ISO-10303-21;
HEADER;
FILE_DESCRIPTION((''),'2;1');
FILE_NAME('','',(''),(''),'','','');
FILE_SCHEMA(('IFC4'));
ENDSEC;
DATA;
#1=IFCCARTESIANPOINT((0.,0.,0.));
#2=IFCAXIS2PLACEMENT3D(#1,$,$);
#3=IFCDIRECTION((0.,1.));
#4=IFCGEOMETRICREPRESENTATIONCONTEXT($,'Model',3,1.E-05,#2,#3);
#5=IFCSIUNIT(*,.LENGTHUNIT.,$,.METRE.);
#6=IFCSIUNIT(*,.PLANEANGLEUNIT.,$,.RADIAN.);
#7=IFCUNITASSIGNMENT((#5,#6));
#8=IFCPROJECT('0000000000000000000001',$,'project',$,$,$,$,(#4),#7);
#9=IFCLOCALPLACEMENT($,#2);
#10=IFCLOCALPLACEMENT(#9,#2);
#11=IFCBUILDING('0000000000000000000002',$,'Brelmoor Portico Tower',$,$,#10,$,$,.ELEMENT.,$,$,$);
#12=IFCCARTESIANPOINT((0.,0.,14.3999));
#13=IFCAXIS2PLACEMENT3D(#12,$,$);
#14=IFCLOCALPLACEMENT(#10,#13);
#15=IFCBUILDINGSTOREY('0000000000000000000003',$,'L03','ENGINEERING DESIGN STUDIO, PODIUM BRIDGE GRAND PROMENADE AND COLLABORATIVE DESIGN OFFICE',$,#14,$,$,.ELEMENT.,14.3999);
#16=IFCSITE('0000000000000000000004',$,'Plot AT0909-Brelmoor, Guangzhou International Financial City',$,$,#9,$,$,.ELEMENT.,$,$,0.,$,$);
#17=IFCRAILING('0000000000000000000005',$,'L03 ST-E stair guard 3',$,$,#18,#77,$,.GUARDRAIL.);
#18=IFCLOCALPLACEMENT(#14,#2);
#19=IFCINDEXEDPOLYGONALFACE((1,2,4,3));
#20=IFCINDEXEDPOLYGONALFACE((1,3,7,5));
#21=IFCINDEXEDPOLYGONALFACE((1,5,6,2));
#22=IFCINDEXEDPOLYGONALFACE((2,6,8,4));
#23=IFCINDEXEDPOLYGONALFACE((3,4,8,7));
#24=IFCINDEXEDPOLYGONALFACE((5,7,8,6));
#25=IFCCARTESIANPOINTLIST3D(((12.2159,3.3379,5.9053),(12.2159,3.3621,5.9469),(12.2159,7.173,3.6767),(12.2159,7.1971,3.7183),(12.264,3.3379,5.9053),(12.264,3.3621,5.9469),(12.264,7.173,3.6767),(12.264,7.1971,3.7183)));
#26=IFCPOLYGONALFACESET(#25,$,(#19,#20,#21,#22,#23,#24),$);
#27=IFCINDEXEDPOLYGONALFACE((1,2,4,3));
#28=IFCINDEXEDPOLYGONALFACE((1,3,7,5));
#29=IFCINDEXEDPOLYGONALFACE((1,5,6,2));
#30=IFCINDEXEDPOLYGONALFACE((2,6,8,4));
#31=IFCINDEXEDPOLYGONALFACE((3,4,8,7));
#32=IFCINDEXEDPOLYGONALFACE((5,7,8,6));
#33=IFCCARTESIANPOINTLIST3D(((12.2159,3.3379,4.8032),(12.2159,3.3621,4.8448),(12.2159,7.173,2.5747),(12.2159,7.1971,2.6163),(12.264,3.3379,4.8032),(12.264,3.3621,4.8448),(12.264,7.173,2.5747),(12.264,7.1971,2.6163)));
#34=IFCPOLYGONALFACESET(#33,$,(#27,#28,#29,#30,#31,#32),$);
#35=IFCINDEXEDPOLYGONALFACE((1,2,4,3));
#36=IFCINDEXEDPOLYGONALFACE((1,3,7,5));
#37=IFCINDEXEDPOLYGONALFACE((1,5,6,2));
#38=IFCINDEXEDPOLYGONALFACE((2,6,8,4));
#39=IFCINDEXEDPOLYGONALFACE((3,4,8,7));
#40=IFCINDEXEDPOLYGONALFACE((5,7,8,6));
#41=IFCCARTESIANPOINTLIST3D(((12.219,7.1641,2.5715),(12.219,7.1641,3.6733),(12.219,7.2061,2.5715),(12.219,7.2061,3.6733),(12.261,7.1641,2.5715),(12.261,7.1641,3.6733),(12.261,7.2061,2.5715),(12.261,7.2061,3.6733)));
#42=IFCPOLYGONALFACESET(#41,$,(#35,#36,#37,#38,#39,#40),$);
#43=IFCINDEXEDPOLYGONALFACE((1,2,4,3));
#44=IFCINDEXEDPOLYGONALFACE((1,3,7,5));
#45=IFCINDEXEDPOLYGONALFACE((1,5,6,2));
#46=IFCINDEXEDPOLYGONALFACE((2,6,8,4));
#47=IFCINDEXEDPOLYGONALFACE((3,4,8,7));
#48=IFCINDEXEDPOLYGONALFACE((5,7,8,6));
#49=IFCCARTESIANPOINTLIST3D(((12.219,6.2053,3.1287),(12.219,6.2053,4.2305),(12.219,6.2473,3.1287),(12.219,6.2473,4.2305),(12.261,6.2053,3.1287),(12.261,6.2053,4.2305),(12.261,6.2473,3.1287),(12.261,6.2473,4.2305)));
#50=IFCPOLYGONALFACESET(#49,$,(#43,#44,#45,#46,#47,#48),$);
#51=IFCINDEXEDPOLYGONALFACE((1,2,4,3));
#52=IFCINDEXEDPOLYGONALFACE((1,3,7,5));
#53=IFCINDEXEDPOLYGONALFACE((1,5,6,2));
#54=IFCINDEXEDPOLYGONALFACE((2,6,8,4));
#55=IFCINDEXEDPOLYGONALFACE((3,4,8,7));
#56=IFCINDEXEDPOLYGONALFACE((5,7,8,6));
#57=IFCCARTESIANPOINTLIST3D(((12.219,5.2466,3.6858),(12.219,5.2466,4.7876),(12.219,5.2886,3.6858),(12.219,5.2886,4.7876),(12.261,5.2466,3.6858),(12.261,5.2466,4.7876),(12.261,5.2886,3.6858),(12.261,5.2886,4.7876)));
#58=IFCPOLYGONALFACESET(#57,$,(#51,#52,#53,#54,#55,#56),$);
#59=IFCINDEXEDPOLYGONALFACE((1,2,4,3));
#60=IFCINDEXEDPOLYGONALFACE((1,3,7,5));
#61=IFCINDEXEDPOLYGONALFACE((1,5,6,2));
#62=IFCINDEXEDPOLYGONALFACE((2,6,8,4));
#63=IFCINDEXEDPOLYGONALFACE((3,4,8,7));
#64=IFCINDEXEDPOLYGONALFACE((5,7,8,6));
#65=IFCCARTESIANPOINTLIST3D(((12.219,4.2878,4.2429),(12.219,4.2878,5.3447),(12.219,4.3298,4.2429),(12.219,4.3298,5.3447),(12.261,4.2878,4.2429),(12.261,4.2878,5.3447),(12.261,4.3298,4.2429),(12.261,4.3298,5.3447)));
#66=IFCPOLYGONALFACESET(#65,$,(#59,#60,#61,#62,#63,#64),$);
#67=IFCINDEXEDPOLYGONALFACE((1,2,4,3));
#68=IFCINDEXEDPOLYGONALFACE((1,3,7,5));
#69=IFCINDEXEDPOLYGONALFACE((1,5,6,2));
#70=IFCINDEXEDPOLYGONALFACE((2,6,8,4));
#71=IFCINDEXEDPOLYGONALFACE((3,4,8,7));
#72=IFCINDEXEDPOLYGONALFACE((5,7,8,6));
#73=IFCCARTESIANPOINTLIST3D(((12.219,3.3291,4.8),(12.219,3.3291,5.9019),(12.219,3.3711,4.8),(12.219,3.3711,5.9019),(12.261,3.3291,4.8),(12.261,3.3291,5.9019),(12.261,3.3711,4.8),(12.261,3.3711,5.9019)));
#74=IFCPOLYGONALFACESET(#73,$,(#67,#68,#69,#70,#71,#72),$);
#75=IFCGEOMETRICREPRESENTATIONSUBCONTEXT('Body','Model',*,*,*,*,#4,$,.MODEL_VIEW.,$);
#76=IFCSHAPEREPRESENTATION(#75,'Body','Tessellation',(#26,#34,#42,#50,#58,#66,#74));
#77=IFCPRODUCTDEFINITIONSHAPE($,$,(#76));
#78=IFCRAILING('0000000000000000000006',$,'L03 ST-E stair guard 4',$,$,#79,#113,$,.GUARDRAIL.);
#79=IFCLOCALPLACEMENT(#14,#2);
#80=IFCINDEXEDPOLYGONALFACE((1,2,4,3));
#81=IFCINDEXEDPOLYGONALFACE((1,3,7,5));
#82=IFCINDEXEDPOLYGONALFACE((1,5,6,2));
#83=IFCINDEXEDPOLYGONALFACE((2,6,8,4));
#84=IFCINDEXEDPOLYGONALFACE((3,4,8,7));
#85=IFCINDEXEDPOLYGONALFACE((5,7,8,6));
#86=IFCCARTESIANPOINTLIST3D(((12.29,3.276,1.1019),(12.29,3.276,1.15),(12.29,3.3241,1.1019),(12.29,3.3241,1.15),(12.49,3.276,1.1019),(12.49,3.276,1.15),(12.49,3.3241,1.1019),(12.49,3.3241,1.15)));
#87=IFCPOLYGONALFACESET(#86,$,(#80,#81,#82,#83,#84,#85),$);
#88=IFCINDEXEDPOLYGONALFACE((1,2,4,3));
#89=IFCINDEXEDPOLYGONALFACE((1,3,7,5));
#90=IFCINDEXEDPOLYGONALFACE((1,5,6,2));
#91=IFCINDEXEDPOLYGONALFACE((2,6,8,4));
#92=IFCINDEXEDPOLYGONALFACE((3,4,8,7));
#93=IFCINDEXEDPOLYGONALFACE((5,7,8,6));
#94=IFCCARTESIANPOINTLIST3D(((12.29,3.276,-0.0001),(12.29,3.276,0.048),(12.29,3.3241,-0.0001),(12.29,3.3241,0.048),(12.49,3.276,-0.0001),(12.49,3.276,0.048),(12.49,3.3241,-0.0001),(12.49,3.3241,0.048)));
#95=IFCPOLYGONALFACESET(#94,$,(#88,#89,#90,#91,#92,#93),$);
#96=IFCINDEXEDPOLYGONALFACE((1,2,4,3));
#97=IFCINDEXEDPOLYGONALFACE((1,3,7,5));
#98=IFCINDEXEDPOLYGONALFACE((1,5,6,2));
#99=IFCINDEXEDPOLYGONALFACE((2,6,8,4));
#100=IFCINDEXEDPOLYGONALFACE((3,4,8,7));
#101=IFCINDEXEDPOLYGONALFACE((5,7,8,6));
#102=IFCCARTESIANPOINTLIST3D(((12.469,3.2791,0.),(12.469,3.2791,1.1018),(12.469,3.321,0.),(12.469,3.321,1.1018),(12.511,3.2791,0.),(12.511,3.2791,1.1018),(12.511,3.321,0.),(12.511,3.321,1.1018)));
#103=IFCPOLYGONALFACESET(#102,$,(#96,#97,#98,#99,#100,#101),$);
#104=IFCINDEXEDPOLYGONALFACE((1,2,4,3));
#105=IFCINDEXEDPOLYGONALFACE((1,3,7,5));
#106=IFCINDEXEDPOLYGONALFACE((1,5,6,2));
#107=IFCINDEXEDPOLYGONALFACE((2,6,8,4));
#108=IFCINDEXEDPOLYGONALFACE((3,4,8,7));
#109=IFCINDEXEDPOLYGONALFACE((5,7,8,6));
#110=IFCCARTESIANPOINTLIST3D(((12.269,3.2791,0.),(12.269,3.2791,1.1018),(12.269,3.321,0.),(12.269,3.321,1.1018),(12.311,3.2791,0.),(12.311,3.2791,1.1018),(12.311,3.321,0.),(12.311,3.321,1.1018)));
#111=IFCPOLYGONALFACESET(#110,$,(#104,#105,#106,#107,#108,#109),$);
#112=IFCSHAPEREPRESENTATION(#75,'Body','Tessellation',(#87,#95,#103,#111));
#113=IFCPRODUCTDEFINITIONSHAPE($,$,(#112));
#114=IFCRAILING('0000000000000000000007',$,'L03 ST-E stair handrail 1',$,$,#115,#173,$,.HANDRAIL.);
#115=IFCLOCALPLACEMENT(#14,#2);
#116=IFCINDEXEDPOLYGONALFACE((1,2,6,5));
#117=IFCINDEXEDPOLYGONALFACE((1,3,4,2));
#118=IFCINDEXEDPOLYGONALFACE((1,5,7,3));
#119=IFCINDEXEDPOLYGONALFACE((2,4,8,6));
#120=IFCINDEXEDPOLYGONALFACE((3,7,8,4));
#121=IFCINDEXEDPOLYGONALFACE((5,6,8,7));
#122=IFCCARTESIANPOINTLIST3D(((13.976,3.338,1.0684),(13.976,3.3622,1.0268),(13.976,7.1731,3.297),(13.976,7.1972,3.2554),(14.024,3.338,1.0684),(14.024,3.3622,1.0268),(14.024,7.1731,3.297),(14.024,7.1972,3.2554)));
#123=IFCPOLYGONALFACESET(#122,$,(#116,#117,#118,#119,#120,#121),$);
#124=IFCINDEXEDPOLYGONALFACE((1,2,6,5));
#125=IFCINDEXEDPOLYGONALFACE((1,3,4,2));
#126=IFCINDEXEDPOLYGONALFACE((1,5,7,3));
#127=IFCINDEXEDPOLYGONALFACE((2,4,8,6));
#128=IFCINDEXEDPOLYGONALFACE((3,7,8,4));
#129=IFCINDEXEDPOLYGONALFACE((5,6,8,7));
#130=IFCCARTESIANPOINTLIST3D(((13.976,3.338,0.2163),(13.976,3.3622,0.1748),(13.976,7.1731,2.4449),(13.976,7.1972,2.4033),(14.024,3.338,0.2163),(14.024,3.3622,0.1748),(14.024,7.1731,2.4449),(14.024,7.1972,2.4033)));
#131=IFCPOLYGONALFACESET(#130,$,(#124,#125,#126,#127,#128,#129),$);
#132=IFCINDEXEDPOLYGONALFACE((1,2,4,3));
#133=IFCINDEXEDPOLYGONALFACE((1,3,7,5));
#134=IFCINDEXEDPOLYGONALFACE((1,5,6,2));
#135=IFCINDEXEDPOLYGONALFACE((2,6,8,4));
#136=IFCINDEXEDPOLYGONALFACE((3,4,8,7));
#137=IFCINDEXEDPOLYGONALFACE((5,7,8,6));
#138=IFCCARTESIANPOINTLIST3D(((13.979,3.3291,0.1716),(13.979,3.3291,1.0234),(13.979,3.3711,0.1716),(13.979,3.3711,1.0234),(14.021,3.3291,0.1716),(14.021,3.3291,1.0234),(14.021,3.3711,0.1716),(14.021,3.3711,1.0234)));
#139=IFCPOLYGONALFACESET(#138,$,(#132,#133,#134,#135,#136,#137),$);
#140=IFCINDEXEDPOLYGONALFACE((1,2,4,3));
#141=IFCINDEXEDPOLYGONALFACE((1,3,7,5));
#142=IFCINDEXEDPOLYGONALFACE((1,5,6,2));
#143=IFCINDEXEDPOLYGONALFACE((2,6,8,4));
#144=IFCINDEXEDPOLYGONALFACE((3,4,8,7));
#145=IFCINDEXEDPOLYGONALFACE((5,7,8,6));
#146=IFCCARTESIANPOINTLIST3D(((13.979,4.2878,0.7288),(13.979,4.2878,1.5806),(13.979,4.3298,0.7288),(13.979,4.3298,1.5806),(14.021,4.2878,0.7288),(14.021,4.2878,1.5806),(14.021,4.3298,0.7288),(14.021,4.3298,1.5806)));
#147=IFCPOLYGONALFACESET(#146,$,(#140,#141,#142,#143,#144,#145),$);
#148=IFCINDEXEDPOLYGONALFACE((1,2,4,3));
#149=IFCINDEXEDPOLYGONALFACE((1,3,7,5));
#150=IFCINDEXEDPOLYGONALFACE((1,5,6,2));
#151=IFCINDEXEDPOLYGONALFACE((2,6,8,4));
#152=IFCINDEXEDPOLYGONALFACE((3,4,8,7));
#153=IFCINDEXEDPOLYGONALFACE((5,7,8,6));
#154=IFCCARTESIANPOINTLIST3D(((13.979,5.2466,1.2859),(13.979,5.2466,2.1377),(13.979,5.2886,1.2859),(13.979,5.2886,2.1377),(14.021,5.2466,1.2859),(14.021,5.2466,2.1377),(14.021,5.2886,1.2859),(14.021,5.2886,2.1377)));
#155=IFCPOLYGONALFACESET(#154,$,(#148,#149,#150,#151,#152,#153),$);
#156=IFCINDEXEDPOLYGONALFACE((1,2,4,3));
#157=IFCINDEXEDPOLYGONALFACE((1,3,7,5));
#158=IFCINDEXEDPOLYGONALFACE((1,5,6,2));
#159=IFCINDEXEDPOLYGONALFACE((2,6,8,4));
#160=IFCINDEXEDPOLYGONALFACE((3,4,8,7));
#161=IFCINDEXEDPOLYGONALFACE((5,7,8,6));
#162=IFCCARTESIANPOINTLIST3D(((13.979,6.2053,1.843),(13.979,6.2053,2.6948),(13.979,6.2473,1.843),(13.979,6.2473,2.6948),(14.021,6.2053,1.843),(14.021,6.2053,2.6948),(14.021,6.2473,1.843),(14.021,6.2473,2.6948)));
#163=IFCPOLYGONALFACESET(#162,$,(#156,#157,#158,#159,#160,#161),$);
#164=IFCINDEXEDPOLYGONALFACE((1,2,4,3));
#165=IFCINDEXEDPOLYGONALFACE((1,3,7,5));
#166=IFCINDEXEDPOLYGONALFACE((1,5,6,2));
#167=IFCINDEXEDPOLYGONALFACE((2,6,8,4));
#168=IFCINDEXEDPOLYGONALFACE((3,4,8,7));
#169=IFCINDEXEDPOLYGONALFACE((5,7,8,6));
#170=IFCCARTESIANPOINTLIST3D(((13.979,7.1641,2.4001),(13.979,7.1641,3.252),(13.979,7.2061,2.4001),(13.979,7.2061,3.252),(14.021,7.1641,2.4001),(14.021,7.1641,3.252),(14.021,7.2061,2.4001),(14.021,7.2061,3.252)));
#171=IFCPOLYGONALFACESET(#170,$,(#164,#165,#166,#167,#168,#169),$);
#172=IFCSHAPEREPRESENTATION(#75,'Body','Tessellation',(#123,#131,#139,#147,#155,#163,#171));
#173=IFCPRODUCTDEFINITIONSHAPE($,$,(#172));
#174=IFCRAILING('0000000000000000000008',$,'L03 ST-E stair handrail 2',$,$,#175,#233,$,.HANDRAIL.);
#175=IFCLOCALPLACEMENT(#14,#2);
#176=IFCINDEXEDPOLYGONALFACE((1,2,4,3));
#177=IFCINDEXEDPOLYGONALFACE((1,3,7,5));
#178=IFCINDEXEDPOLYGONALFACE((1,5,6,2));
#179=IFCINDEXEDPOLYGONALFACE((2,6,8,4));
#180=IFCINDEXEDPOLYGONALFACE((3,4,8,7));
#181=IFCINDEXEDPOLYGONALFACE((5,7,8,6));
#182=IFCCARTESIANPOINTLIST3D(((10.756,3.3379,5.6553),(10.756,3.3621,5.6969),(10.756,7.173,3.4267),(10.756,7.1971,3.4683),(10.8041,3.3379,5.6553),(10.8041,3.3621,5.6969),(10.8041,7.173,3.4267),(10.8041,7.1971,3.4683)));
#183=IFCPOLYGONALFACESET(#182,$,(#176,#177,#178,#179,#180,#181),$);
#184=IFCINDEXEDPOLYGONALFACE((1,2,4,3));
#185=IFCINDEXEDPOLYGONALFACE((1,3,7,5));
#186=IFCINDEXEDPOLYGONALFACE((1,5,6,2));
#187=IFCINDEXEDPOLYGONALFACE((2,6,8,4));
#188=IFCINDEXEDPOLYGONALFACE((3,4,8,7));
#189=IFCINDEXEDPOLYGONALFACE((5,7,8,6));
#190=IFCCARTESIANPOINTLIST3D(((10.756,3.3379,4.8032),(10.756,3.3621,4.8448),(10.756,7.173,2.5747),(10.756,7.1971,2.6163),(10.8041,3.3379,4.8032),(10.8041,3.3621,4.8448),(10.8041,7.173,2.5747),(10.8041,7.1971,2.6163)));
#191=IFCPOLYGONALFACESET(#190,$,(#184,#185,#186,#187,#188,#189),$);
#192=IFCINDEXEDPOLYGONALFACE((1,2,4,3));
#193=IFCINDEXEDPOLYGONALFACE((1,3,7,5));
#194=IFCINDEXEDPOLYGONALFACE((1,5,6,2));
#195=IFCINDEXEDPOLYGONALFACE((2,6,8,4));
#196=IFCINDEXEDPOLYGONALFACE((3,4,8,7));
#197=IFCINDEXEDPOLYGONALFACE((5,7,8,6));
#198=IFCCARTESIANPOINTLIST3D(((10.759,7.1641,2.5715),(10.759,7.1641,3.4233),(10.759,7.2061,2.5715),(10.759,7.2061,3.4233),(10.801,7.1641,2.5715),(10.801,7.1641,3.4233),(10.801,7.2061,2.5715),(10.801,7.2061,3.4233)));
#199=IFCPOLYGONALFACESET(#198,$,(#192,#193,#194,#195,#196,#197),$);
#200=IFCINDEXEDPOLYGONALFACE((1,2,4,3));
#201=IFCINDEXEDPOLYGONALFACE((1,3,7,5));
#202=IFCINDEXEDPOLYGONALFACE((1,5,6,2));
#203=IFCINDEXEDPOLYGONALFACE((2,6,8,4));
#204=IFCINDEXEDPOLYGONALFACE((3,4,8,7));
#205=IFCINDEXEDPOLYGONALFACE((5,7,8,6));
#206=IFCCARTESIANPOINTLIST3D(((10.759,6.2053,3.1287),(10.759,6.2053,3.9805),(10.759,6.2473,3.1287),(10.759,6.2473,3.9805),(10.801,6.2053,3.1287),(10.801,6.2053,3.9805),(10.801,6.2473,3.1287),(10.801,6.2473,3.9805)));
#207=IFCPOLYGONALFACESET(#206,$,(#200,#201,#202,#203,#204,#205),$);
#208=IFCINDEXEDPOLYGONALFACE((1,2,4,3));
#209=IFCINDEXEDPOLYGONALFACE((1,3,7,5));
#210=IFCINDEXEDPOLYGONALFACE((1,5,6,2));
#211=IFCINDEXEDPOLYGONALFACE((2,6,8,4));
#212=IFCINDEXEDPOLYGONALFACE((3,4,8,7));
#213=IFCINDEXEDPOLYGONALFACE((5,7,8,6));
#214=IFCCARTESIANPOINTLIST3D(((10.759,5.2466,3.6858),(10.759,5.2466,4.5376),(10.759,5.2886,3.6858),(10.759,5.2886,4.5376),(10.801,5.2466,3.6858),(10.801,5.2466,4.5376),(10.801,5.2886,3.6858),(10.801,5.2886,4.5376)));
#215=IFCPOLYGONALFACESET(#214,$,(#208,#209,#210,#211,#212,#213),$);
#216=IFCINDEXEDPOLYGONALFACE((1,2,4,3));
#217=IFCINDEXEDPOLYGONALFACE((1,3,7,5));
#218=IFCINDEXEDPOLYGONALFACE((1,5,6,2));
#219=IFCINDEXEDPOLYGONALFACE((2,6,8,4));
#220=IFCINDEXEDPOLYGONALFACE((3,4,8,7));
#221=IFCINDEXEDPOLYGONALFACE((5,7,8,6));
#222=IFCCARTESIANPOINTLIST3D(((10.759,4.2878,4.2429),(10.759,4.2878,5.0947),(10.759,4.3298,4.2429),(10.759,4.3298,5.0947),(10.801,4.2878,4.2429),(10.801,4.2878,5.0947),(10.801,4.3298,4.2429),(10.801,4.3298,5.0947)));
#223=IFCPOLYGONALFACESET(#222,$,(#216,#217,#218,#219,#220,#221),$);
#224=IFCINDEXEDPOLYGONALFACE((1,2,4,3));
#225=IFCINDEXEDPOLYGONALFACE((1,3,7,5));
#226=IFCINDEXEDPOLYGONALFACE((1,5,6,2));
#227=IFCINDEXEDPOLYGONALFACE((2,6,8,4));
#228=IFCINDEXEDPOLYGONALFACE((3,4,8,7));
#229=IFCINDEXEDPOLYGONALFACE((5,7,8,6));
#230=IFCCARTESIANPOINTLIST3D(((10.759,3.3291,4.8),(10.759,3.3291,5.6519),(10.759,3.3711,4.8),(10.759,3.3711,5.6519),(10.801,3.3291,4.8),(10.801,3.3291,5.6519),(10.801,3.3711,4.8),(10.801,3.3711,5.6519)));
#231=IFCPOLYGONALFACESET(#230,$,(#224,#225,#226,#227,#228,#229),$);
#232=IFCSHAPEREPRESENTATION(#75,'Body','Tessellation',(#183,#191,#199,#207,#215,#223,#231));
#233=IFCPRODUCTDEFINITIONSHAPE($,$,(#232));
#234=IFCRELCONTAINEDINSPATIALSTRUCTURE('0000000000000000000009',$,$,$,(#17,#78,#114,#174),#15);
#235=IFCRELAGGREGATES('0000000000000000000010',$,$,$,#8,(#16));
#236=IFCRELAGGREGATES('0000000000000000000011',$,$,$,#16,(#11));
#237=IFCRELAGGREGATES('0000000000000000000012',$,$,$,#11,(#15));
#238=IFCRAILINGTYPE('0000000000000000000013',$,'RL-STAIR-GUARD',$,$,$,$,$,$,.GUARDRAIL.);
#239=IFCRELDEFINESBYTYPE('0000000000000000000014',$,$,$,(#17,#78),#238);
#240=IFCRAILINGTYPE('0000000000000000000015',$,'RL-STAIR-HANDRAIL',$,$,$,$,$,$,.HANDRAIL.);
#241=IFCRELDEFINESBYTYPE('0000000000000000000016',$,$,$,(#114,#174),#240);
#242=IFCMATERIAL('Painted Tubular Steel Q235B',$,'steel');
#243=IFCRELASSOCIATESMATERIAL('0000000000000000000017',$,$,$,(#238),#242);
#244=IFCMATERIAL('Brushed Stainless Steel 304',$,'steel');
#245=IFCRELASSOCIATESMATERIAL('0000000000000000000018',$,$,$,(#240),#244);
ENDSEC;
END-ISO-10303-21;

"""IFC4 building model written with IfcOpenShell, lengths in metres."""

from ifc_helpers import new_model, si_unit, direction, frame, origin, origin_2d, place, context, subcontext, project, spatial, rectangle, extrude, material, type_object, element, save


model = new_model("IFC4")

# Units and contexts
model_context = context("Model", 3, precision=1e-05, world=origin(), true_north=direction((0.0, 1.0)))
body_context = subcontext(model_context, "Body", "Model", "MODEL_VIEW")
ifc_project = project(units=[si_unit("LENGTHUNIT", "METRE"), si_unit("PLANEANGLEUNIT", "RADIAN")], contexts=[model_context])

# Site, building, storey
site_placement = place(None, origin())
site = spatial("IfcSite", under=ifc_project, at=site_placement, Name="Plot AT0909-Brelmoor, Guangzhou International Financial City", CompositionType="ELEMENT", RefElevation=0.0)
building_placement = place(site_placement, origin())
building = spatial("IfcBuilding", under=site, at=building_placement, Name="Brelmoor Portico Tower", CompositionType="ELEMENT")
storey_placement = place(building_placement, frame((0.0, 0.0, 14.3999)))
storey = spatial("IfcBuildingStorey", under=building, at=storey_placement, Name="L03", Description="ENGINEERING DESIGN STUDIO, PODIUM BRIDGE GRAND PROMENADE AND COLLABORATIVE DESIGN OFFICE", CompositionType="ELEMENT", Elevation=14.3999)

# Railings
ifc_material_1 = material(Name="Painted Tubular Steel Q235B", Category="steel")
railing_type_1 = type_object("IfcRailingType", Name="RL-STAIR-GUARD", PredefinedType="GUARDRAIL", material=ifc_material_1)
railing_1_placement = place(storey_placement, frame((12.24, 7.1851, 2.5715)))
element("IfcRailing", 1, at=railing_1_placement, inside=storey, type_object=railing_type_1, Name="L03 ST-E stair guard 3", PredefinedType="GUARDRAIL", context=body_context, shape_type="SweptSolid", body=[
    extrude(rectangle(XDim=0.0481, YDim=0.0481, at=origin_2d()), frame((0.0, 0.0, 1.126), z_axis=(0.0, -0.864616, 0.502433), x_axis=(1.0, 0.0, 0.0)), (0.0, 0.0, 1.0), 4.4355),
    extrude(rectangle(XDim=0.0481, YDim=0.0481, at=origin_2d()), frame((0.0, 0.0, 0.0239), z_axis=(0.0, -0.864616, 0.502433), x_axis=(1.0, 0.0, 0.0)), (0.0, 0.0, 1.0), 4.4355),
    extrude(rectangle(XDim=0.042, YDim=0.042, at=origin_2d()), origin(), (0.0, 0.0, 1.0), 1.1018),
    extrude(rectangle(XDim=0.042, YDim=0.042, at=origin_2d()), frame((0.0, -0.9587, 0.5571)), (0.0, 0.0, 1.0), 1.1018),
    extrude(rectangle(XDim=0.042, YDim=0.042, at=origin_2d()), frame((0.0, -1.9175, 1.1143)), (0.0, 0.0, 1.0), 1.1018),
    extrude(rectangle(XDim=0.042, YDim=0.042, at=origin_2d()), frame((0.0, -2.8762, 1.6714)), (0.0, 0.0, 1.0), 1.1018),
    extrude(rectangle(XDim=0.042, YDim=0.042, at=origin_2d()), frame((0.0, -3.835, 2.2285)), (0.0, 0.0, 1.0), 1.1018),
])
railing_2_placement = place(storey_placement, frame((12.49, 3.3, 0.0)))
element("IfcRailing", 2, at=railing_2_placement, inside=storey, type_object=railing_type_1, Name="L03 ST-E stair guard 4", PredefinedType="GUARDRAIL", context=body_context, shape_type="SweptSolid", body=[
    extrude(rectangle(XDim=0.0481, YDim=0.0481, at=origin_2d()), frame((0.0, 0.0, 1.126), z_axis=(-1.0, 0.0, 0.0), x_axis=(0.0, -1.0, 0.0)), (0.0, 0.0, 1.0), 0.2),
    extrude(rectangle(XDim=0.0481, YDim=0.0481, at=origin_2d()), frame((0.0, 0.0, 0.0239), z_axis=(-1.0, 0.0, 0.0), x_axis=(0.0, -1.0, 0.0)), (0.0, 0.0, 1.0), 0.2),
    extrude(rectangle(XDim=0.042, YDim=0.042, at=origin_2d()), origin(), (0.0, 0.0, 1.0), 1.1018),
    extrude(rectangle(XDim=0.042, YDim=0.042, at=origin_2d()), frame((-0.2, 0.0, 0.0)), (0.0, 0.0, 1.0), 1.1018),
])
ifc_material_2 = material(Name="Brushed Stainless Steel 304", Category="steel")
railing_type_2 = type_object("IfcRailingType", Name="RL-STAIR-HANDRAIL", PredefinedType="HANDRAIL", material=ifc_material_2)
railing_3_placement = place(storey_placement, frame((14.0, 3.3501, 0.1716)))
element("IfcRailing", 3, at=railing_3_placement, inside=storey, type_object=railing_type_2, Name="L03 ST-E stair handrail 1", PredefinedType="HANDRAIL", context=body_context, shape_type="SweptSolid", body=[
    extrude(rectangle(XDim=0.0481, YDim=0.0481, at=origin_2d()), frame((0.0, 0.0, 0.876), z_axis=(0.0, 0.864616, 0.502433), x_axis=(-1.0, 0.0, 0.0)), (0.0, 0.0, 1.0), 4.4355),
    extrude(rectangle(XDim=0.0481, YDim=0.0481, at=origin_2d()), frame((0.0, 0.0, 0.0239), z_axis=(0.0, 0.864616, 0.502433), x_axis=(-1.0, 0.0, 0.0)), (0.0, 0.0, 1.0), 4.4355),
    extrude(rectangle(XDim=0.042, YDim=0.042, at=origin_2d()), origin(), (0.0, 0.0, 1.0), 0.8518),
    extrude(rectangle(XDim=0.042, YDim=0.042, at=origin_2d()), frame((0.0, 0.9587, 0.5571)), (0.0, 0.0, 1.0), 0.8518),
    extrude(rectangle(XDim=0.042, YDim=0.042, at=origin_2d()), frame((0.0, 1.9175, 1.1143)), (0.0, 0.0, 1.0), 0.8518),
    extrude(rectangle(XDim=0.042, YDim=0.042, at=origin_2d()), frame((0.0, 2.8762, 1.6714)), (0.0, 0.0, 1.0), 0.8518),
    extrude(rectangle(XDim=0.042, YDim=0.042, at=origin_2d()), frame((0.0, 3.835, 2.2285)), (0.0, 0.0, 1.0), 0.8518),
])
railing_4_placement = place(storey_placement, frame((10.78, 7.1851, 2.5715)))
element("IfcRailing", 4, at=railing_4_placement, inside=storey, type_object=railing_type_2, Name="L03 ST-E stair handrail 2", PredefinedType="HANDRAIL", context=body_context, shape_type="SweptSolid", body=[
    extrude(rectangle(XDim=0.0481, YDim=0.0481, at=origin_2d()), frame((0.0, 0.0, 0.876), z_axis=(0.0, -0.864616, 0.502433), x_axis=(1.0, 0.0, 0.0)), (0.0, 0.0, 1.0), 4.4355),
    extrude(rectangle(XDim=0.0481, YDim=0.0481, at=origin_2d()), frame((0.0, 0.0, 0.0239), z_axis=(0.0, -0.864616, 0.502433), x_axis=(1.0, 0.0, 0.0)), (0.0, 0.0, 1.0), 4.4355),
    extrude(rectangle(XDim=0.042, YDim=0.042, at=origin_2d()), origin(), (0.0, 0.0, 1.0), 0.8518),
    extrude(rectangle(XDim=0.042, YDim=0.042, at=origin_2d()), frame((0.0, -0.9587, 0.5571)), (0.0, 0.0, 1.0), 0.8518),
    extrude(rectangle(XDim=0.042, YDim=0.042, at=origin_2d()), frame((0.0, -1.9175, 1.1143)), (0.0, 0.0, 1.0), 0.8518),
    extrude(rectangle(XDim=0.042, YDim=0.042, at=origin_2d()), frame((0.0, -2.8762, 1.6714)), (0.0, 0.0, 1.0), 0.8518),
    extrude(rectangle(XDim=0.042, YDim=0.042, at=origin_2d()), frame((0.0, -3.835, 2.2285)), (0.0, 0.0, 1.0), 0.8518),
])

save(model, "model.ifc")
